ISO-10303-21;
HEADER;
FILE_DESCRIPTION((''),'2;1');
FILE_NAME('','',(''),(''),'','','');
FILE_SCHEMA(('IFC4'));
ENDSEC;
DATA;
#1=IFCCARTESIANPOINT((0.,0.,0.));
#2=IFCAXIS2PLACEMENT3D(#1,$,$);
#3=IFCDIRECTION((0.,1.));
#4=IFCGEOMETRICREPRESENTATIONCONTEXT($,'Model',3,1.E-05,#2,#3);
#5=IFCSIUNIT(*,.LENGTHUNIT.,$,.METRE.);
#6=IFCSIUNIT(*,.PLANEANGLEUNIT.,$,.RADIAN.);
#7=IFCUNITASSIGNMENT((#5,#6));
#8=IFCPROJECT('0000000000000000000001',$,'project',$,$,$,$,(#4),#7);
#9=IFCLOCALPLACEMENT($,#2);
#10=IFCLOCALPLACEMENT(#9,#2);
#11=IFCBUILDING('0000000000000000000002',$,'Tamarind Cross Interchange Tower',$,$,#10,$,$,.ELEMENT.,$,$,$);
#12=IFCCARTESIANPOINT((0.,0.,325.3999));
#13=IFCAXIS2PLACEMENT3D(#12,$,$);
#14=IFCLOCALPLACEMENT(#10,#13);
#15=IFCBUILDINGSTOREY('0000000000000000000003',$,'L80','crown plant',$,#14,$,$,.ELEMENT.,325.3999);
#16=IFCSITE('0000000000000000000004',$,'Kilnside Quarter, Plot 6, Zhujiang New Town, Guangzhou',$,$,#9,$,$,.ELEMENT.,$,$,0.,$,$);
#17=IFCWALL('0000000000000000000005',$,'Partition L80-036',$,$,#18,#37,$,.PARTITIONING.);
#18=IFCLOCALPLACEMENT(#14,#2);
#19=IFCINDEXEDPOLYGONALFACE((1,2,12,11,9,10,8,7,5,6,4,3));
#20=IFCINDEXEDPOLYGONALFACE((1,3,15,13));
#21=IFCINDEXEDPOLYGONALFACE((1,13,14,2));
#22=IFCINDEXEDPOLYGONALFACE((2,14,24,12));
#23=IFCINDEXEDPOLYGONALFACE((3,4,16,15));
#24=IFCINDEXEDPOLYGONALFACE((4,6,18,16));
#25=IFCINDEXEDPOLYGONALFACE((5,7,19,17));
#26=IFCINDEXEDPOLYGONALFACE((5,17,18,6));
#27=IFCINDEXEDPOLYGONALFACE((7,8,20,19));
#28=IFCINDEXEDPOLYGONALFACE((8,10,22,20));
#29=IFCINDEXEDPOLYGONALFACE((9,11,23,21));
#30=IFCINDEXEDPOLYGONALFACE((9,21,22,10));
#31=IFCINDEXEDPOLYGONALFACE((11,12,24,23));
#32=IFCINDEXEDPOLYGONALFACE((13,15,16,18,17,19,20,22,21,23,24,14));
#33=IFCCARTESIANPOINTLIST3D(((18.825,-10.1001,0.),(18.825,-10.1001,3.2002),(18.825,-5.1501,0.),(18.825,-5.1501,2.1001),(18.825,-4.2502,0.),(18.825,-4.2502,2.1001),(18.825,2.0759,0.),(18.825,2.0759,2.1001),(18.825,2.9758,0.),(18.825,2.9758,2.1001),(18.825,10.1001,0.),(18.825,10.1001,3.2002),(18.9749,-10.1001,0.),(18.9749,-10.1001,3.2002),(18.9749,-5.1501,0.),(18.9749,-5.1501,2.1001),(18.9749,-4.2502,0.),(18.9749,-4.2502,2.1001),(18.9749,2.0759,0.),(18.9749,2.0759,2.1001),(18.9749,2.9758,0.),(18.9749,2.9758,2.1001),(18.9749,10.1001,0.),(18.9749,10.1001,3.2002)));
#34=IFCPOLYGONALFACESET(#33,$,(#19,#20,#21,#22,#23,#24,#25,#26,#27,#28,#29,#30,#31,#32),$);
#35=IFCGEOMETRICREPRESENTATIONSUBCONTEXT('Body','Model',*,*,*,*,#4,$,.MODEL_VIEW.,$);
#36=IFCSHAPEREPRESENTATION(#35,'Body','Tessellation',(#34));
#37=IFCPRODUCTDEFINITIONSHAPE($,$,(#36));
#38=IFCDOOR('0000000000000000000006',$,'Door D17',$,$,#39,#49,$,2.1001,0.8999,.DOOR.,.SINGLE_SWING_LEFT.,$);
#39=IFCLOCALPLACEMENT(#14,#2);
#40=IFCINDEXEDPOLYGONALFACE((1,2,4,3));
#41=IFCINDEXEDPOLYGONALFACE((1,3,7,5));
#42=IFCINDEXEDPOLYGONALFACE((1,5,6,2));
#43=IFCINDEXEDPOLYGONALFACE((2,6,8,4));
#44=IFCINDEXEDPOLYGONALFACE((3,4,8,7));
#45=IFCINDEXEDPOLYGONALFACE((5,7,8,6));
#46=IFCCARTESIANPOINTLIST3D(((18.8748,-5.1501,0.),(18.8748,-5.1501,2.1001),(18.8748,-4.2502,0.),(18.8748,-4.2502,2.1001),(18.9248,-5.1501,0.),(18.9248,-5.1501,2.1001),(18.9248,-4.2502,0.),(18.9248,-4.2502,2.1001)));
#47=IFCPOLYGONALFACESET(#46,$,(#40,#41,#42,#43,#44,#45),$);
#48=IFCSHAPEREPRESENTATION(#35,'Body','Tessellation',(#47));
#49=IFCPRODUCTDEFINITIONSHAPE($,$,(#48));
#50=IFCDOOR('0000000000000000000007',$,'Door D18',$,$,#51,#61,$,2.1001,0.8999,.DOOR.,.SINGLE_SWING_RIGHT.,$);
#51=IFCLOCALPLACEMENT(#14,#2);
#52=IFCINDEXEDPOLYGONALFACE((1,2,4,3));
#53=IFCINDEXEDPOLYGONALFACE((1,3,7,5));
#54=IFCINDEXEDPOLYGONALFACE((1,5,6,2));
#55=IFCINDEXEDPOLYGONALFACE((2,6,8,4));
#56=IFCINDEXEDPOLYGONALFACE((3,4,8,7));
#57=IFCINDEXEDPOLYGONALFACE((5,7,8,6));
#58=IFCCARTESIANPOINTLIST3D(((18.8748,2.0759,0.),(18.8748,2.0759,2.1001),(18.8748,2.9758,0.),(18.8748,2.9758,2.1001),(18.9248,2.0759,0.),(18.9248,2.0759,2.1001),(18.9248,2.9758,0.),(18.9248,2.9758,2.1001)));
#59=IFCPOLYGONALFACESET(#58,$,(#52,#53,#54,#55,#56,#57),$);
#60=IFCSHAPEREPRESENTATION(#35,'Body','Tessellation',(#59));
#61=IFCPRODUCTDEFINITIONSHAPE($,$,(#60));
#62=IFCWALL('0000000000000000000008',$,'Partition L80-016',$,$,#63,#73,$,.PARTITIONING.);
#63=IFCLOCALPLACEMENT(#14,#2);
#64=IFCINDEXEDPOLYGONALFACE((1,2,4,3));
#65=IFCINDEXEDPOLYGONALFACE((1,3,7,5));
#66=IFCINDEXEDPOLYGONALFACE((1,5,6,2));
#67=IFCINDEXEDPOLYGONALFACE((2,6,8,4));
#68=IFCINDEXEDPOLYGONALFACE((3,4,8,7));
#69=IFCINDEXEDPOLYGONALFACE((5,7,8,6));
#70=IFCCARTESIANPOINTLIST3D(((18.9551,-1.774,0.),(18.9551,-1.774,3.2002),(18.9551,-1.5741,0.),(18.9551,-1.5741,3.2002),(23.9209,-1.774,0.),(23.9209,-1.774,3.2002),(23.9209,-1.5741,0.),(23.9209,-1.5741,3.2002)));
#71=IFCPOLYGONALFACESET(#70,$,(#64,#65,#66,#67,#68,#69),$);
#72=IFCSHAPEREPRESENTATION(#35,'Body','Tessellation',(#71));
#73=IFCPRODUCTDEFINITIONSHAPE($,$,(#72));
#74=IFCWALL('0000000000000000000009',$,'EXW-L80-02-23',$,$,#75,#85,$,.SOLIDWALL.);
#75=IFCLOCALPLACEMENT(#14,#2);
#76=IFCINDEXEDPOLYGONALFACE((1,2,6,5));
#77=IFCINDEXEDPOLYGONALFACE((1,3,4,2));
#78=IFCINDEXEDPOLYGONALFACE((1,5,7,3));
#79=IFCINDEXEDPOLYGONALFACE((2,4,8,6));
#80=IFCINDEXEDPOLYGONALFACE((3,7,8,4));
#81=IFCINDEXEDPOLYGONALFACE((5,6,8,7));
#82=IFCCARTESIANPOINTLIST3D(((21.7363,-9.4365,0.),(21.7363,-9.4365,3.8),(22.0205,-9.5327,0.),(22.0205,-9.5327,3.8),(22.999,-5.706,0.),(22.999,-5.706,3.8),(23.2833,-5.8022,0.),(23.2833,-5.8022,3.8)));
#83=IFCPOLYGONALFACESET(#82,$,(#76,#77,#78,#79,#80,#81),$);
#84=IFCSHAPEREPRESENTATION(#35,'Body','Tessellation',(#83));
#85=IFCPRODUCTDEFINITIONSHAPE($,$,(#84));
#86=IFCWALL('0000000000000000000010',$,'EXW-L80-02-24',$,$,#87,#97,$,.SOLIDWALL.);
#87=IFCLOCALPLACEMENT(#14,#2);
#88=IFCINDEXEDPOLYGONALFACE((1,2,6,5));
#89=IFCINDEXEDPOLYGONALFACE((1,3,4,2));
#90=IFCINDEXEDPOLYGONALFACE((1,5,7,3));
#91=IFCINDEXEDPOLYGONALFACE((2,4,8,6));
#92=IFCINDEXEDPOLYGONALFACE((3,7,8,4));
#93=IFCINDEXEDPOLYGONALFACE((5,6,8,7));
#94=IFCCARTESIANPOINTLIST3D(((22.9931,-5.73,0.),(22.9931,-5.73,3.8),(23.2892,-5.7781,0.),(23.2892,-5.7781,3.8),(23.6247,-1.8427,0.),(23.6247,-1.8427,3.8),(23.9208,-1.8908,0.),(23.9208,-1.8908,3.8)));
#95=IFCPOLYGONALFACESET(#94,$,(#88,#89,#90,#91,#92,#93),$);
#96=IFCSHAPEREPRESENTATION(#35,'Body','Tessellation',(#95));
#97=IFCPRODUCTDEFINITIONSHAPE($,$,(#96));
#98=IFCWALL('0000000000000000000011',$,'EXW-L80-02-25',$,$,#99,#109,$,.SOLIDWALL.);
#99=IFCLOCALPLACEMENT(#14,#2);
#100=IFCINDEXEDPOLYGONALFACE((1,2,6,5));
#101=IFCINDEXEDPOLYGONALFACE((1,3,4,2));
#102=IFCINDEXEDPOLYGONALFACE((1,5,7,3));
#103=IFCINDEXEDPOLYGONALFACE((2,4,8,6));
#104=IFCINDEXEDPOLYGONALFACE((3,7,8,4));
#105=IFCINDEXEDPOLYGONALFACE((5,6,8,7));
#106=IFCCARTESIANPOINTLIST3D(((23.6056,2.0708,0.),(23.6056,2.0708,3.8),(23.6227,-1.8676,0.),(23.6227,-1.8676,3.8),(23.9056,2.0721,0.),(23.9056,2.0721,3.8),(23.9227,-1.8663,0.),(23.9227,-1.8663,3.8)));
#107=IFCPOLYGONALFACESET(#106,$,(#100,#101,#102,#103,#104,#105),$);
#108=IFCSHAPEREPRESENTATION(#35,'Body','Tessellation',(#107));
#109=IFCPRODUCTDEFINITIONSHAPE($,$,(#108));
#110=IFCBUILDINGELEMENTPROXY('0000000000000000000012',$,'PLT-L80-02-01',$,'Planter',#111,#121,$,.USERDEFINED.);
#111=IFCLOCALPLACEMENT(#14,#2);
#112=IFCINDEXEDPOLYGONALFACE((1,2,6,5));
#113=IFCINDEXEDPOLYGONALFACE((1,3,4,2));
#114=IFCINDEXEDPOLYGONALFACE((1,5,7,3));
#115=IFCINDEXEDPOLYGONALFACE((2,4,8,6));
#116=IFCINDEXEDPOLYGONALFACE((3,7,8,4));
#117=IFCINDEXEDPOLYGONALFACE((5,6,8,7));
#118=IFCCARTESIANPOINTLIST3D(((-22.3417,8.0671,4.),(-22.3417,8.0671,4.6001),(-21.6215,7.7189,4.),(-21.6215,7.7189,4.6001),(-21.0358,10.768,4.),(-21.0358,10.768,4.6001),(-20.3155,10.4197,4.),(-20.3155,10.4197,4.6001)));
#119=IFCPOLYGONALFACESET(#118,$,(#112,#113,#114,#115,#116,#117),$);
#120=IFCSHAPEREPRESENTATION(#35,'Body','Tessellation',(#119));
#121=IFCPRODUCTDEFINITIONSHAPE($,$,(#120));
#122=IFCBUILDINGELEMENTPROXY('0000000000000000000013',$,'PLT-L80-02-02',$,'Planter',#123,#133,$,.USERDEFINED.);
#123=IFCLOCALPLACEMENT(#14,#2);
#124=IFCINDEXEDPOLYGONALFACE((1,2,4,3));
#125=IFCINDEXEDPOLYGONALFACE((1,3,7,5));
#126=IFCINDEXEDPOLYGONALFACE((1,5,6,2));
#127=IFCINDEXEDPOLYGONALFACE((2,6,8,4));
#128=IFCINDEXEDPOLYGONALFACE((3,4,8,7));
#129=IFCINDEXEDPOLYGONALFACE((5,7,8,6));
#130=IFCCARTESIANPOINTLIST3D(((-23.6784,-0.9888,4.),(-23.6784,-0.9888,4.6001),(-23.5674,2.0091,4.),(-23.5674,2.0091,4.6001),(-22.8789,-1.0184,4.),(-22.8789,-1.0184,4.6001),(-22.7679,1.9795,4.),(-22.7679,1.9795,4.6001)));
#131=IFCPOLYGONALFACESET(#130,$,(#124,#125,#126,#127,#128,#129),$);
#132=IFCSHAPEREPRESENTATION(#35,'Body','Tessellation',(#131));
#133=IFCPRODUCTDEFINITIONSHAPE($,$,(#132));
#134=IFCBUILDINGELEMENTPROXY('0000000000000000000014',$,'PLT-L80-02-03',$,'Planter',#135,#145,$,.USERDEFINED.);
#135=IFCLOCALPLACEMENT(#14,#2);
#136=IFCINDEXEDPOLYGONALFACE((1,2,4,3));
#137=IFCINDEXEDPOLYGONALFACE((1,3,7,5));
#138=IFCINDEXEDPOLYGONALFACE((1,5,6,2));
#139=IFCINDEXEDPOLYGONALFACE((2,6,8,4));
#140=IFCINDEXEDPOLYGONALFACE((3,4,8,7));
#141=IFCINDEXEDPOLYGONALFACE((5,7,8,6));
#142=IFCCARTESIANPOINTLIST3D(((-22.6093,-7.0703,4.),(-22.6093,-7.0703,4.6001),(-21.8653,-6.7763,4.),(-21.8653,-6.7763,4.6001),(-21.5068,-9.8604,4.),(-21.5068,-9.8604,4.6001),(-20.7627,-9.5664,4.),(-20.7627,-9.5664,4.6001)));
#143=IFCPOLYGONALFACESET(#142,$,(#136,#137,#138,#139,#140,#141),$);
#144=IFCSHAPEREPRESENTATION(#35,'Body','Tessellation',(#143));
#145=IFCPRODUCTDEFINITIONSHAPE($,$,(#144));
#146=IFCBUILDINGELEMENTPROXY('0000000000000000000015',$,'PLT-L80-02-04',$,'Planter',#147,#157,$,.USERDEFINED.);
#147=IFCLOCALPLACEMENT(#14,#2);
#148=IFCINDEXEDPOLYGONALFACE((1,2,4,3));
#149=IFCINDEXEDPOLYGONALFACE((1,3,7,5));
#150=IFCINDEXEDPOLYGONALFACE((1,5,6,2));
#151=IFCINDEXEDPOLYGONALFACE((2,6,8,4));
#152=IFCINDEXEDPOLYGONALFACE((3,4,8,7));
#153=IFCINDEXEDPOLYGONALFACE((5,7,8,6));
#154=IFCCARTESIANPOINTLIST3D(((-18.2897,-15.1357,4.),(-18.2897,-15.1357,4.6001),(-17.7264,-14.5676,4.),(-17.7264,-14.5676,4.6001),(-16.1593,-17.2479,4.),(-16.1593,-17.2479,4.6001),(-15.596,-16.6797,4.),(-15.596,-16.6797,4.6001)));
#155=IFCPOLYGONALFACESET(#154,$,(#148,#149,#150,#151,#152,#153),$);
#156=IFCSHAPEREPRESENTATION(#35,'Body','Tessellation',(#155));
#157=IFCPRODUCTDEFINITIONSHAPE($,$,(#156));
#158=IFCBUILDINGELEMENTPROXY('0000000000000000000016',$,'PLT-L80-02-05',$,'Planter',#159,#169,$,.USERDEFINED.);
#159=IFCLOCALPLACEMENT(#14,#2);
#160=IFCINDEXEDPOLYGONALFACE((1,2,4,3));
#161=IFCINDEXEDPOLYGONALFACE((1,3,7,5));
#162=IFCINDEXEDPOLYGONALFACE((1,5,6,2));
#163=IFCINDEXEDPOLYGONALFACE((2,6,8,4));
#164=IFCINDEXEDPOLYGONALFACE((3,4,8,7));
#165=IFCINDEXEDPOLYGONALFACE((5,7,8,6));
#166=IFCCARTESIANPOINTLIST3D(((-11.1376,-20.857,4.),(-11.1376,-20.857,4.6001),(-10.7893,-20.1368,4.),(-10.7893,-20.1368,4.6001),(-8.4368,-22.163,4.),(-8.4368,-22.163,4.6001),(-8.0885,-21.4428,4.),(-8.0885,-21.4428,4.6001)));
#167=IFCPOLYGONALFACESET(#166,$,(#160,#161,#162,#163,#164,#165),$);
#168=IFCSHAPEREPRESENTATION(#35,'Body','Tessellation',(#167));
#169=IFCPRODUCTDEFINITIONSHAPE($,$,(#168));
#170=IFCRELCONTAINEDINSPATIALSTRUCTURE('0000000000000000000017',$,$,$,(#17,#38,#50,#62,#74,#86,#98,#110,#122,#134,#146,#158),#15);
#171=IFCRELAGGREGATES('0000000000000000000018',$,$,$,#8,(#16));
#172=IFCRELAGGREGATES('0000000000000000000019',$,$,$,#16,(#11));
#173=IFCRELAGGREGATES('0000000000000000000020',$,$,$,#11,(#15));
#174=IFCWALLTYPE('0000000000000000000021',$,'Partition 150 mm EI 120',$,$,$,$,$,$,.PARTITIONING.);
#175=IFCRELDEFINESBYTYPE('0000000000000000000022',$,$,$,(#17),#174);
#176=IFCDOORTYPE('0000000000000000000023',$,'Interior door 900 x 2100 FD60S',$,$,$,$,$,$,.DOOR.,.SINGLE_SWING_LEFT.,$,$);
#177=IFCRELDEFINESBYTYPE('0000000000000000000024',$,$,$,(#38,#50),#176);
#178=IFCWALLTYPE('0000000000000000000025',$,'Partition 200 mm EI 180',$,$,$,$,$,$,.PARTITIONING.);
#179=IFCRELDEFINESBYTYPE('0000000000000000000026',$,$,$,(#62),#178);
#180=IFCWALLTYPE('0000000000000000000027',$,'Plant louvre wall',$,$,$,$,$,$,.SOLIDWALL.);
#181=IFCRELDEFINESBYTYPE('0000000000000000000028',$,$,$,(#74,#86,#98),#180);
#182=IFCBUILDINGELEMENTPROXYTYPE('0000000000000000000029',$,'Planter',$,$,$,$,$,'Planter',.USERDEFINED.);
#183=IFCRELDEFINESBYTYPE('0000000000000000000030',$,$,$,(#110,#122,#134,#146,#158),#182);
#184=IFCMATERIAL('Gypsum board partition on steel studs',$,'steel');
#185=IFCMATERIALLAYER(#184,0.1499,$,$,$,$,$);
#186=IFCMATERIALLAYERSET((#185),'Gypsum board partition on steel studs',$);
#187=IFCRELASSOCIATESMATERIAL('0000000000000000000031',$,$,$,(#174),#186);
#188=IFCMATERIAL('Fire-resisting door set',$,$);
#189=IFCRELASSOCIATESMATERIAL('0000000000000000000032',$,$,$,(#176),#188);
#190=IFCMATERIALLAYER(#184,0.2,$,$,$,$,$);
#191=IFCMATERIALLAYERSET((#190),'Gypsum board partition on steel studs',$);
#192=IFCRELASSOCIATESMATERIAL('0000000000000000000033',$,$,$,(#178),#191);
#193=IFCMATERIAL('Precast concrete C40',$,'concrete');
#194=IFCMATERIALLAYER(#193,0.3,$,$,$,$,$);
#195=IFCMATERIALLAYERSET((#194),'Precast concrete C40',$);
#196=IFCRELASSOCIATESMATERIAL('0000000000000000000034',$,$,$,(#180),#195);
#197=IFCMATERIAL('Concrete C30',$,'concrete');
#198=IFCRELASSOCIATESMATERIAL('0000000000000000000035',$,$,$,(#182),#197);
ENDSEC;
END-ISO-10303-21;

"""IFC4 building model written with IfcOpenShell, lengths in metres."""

from ifc_helpers import new_model, si_unit, direction, frame, frame_2d, origin, origin_2d, place, context, subcontext, project, spatial, rectangle, extrude, material, layer, layer_set, type_object, element, fill, save


model = new_model("IFC4")

# Units and contexts
model_context = context("Model", 3, precision=1e-05, world=origin(), true_north=direction((0.0, 1.0)))
body_context = subcontext(model_context, "Body", "Model", "MODEL_VIEW")
ifc_project = project(units=[si_unit("LENGTHUNIT", "METRE"), si_unit("PLANEANGLEUNIT", "RADIAN")], contexts=[model_context])

# Site, building, storey
site_placement = place(None, origin())
site = spatial("IfcSite", under=ifc_project, at=site_placement, Name="Kilnside Quarter, Plot 6, Zhujiang New Town, Guangzhou", CompositionType="ELEMENT", RefElevation=0.0)
building_placement = place(site_placement, origin())
building = spatial("IfcBuilding", under=site, at=building_placement, Name="Tamarind Cross Interchange Tower", CompositionType="ELEMENT")
storey_placement = place(building_placement, frame((0.0, 0.0, 325.3999)))
storey = spatial("IfcBuildingStorey", under=building, at=storey_placement, Name="L80", Description="crown plant", CompositionType="ELEMENT", Elevation=325.3999)

# Wall, openings, doors
ifc_material_1 = material(Name="Gypsum board partition on steel studs", Category="steel")
ifc_layer_1 = layer(ifc_material_1, 0.1499)
ifc_layer_set_1 = layer_set([ifc_layer_1], Name="Gypsum board partition on steel studs")
wall_type_1 = type_object("IfcWallType", Name="Partition 150 mm EI 120", PredefinedType="PARTITIONING", material=ifc_layer_set_1)
wall_1_placement = place(storey_placement, frame((18.8999, -10.1001, 0.0), z_axis=(0.0, 0.0, 1.0), x_axis=(0.0, 1.0, 0.0)))
wall_1 = element("IfcWall", 1, at=wall_1_placement, inside=storey, type_object=wall_type_1, Name="Partition L80-036", PredefinedType="PARTITIONING", context=body_context, shape_type="SweptSolid", body=[
    extrude(rectangle(XDim=20.2002, YDim=0.1499, at=frame_2d((10.1001, 0.0))), origin(), (0.0, 0.0, 1.0), 3.2002),
])
opening_1_placement = place(wall_1_placement, frame((4.95, 0.0, 0.0)))
opening_1 = element("IfcOpeningElement", 2, at=opening_1_placement, cuts=wall_1, PredefinedType="OPENING", context=body_context, shape_type="SweptSolid", body=[
    extrude(rectangle(XDim=0.8999, YDim=2.1001, at=frame_2d((0.45, 1.05))), frame((0.0, 0.085, 0.0), z_axis=(0.0, -1.0, 0.0), x_axis=(1.0, 0.0, 0.0)), (0.0, 0.0, 1.0), 0.1699),
])
opening_2_placement = place(wall_1_placement, frame((12.176, 0.0, 0.0)))
opening_2 = element("IfcOpeningElement", 3, at=opening_2_placement, cuts=wall_1, PredefinedType="OPENING", context=body_context, shape_type="SweptSolid", body=[
    extrude(rectangle(XDim=0.8999, YDim=2.1001, at=frame_2d((0.45, 1.05))), frame((0.0, 0.085, 0.0), z_axis=(0.0, -1.0, 0.0), x_axis=(1.0, 0.0, 0.0)), (0.0, 0.0, 1.0), 0.1699),
])
ifc_material_2 = material(Name="Fire-resisting door set")
door_type = type_object("IfcDoorType", Name="Interior door 900 x 2100 FD60S", OperationType="SINGLE_SWING_LEFT", PredefinedType="DOOR", material=ifc_material_2)
door_1_placement = place(opening_1_placement, frame((0.8999, 0.0, 0.0), z_axis=(0.0, 0.0, 1.0), x_axis=(-1.0, 0.0, 0.0)))
door_1 = element("IfcDoor", 4, at=door_1_placement, inside=storey, type_object=door_type, Name="Door D17", OperationType="SINGLE_SWING_LEFT", OverallHeight=2.1001, OverallWidth=0.8999, PredefinedType="DOOR", context=body_context, shape_type="SweptSolid", body=[
    extrude(rectangle(XDim=0.8999, YDim=2.1001, at=frame_2d((0.45, 1.05))), frame((0.0, 0.0249, 0.0), z_axis=(0.0, -1.0, 0.0), x_axis=(1.0, 0.0, 0.0)), (0.0, 0.0, 1.0), 0.05),
])
fill(opening_1, door_1)
door_2_placement = place(opening_2_placement, frame((0.8999, 0.0, 0.0), z_axis=(0.0, 0.0, 1.0), x_axis=(-1.0, 0.0, 0.0)))
door_2 = element("IfcDoor", 5, at=door_2_placement, inside=storey, type_object=door_type, Name="Door D18", OperationType="SINGLE_SWING_RIGHT", OverallHeight=2.1001, OverallWidth=0.8999, PredefinedType="DOOR", context=body_context, shape_type="SweptSolid", body=[
    extrude(rectangle(XDim=0.8999, YDim=2.1001, at=frame_2d((0.45, 1.05))), frame((0.0, 0.0249, 0.0), z_axis=(0.0, -1.0, 0.0), x_axis=(1.0, 0.0, 0.0)), (0.0, 0.0, 1.0), 0.05),
])
fill(opening_2, door_2)

# Walls
ifc_layer_2 = layer(ifc_material_1, 0.2)
ifc_layer_set_2 = layer_set([ifc_layer_2], Name="Gypsum board partition on steel studs")
wall_type_2 = type_object("IfcWallType", Name="Partition 200 mm EI 180", PredefinedType="PARTITIONING", material=ifc_layer_set_2)
wall_2_placement = place(storey_placement, frame((18.9551, -1.6741, 0.0), z_axis=(0.0, 0.0, 1.0), x_axis=(1.0, 0.0, 0.0)))
element("IfcWall", 6, at=wall_2_placement, inside=storey, type_object=wall_type_2, Name="Partition L80-016", PredefinedType="PARTITIONING", context=body_context, shape_type="SweptSolid", body=[
    extrude(rectangle(XDim=4.9658, YDim=0.2, at=frame_2d((2.4829, 0.0))), origin(), (0.0, 0.0, 1.0), 3.2002),
])
ifc_material_3 = material(Name="Precast concrete C40", Category="concrete")
ifc_layer_3 = layer(ifc_material_3, 0.3)
ifc_layer_set_3 = layer_set([ifc_layer_3], Name="Precast concrete C40")
wall_type_3 = type_object("IfcWallType", Name="Plant louvre wall", PredefinedType="SOLIDWALL", material=ifc_layer_set_3)
wall_3_placement = place(storey_placement, frame((21.8784, -9.4846, 0.0), z_axis=(0.0, 0.0, 1.0), x_axis=(0.320613, 0.94721, 0.0)))
element("IfcWall", 7, at=wall_3_placement, inside=storey, type_object=wall_type_3, Name="EXW-L80-02-23", PredefinedType="SOLIDWALL", context=body_context, shape_type="SweptSolid", body=[
    extrude(rectangle(XDim=3.9385, YDim=0.3, at=frame_2d((1.9692, 0.0))), origin(), (0.0, 0.0, 1.0), 3.8),
])
wall_4_placement = place(storey_placement, frame((23.1411, -5.7542, 0.0), z_axis=(0.0, 0.0, 1.0), x_axis=(0.160376, 0.987056, 0.0)))
element("IfcWall", 8, at=wall_4_placement, inside=storey, type_object=wall_type_3, Name="EXW-L80-02-24", PredefinedType="SOLIDWALL", context=body_context, shape_type="SweptSolid", body=[
    extrude(rectangle(XDim=3.9382, YDim=0.3, at=frame_2d((1.9692, 0.0))), origin(), (0.0, 0.0, 1.0), 3.8),
])
wall_5_placement = place(storey_placement, frame((23.7727, -1.8669, 0.0), z_axis=(0.0, 0.0, 1.0), x_axis=(-0.004339, 0.999991, 0.0)))
element("IfcWall", 9, at=wall_5_placement, inside=storey, type_object=wall_type_3, Name="EXW-L80-02-25", PredefinedType="SOLIDWALL", context=body_context, shape_type="SweptSolid", body=[
    extrude(rectangle(XDim=3.9385, YDim=0.3, at=frame_2d((1.9692, 0.0))), origin(), (0.0, 0.0, 1.0), 3.8),
])

# Building element proxies
ifc_material_4 = material(Name="Concrete C30", Category="concrete")
building_element_proxy_type = type_object("IfcBuildingElementProxyType", Name="Planter", ElementType="Planter", PredefinedType="USERDEFINED", material=ifc_material_4)
proxy_1_placement = place(storey_placement, origin())
element("IfcBuildingElementProxy", 10, at=proxy_1_placement, inside=storey, type_object=building_element_proxy_type, Name="PLT-L80-02-01", ObjectType="Planter", PredefinedType="USERDEFINED", context=body_context, shape_type="SweptSolid", body=[
    extrude(rectangle(XDim=3.0, YDim=0.8, at=origin_2d()), frame((-21.3286, 9.2434, 4.0), z_axis=(0.0, 0.0, 1.0), x_axis=(-0.435326, -0.900273, 0.0)), (0.0, 0.0, 1.0), 0.6001),
])
proxy_2_placement = place(storey_placement, origin())
element("IfcBuildingElementProxy", 11, at=proxy_2_placement, inside=storey, type_object=building_element_proxy_type, Name="PLT-L80-02-02", ObjectType="Planter", PredefinedType="USERDEFINED", context=body_context, shape_type="SweptSolid", body=[
    extrude(rectangle(XDim=3.0, YDim=0.8, at=origin_2d()), frame((-23.2231, 0.4954, 4.0), z_axis=(0.0, 0.0, 1.0), x_axis=(-0.037025, -0.999314, 0.0)), (0.0, 0.0, 1.0), 0.6001),
])
proxy_3_placement = place(storey_placement, origin())
element("IfcBuildingElementProxy", 12, at=proxy_3_placement, inside=storey, type_object=building_element_proxy_type, Name="PLT-L80-02-03", ObjectType="Planter", PredefinedType="USERDEFINED", context=body_context, shape_type="SweptSolid", body=[
    extrude(rectangle(XDim=3.0, YDim=0.8, at=origin_2d()), frame((-21.686, -8.3184, 4.0), z_axis=(0.0, 0.0, 1.0), x_axis=(0.367514, -0.930018, 0.0)), (0.0, 0.0, 1.0), 0.6001),
])
proxy_4_placement = place(storey_placement, origin())
element("IfcBuildingElementProxy", 13, at=proxy_4_placement, inside=storey, type_object=building_element_proxy_type, Name="PLT-L80-02-04", ObjectType="Planter", PredefinedType="USERDEFINED", context=body_context, shape_type="SweptSolid", body=[
    extrude(rectangle(XDim=3.0, YDim=0.8, at=origin_2d()), frame((-16.9429, -15.9077, 4.0), z_axis=(0.0, 0.0, 1.0), x_axis=(0.710143, -0.704057, 0.0)), (0.0, 0.0, 1.0), 0.6001),
])
proxy_5_placement = place(storey_placement, origin())
element("IfcBuildingElementProxy", 14, at=proxy_5_placement, inside=storey, type_object=building_element_proxy_type, Name="PLT-L80-02-05", ObjectType="Planter", PredefinedType="USERDEFINED", context=body_context, shape_type="SweptSolid", body=[
    extrude(rectangle(XDim=3.0, YDim=0.8, at=origin_2d()), frame((-9.613, -21.1499, 4.0), z_axis=(0.0, 0.0, 1.0), x_axis=(0.900273, -0.435326, 0.0)), (0.0, 0.0, 1.0), 0.6001),
])

save(model, "model.ifc")
